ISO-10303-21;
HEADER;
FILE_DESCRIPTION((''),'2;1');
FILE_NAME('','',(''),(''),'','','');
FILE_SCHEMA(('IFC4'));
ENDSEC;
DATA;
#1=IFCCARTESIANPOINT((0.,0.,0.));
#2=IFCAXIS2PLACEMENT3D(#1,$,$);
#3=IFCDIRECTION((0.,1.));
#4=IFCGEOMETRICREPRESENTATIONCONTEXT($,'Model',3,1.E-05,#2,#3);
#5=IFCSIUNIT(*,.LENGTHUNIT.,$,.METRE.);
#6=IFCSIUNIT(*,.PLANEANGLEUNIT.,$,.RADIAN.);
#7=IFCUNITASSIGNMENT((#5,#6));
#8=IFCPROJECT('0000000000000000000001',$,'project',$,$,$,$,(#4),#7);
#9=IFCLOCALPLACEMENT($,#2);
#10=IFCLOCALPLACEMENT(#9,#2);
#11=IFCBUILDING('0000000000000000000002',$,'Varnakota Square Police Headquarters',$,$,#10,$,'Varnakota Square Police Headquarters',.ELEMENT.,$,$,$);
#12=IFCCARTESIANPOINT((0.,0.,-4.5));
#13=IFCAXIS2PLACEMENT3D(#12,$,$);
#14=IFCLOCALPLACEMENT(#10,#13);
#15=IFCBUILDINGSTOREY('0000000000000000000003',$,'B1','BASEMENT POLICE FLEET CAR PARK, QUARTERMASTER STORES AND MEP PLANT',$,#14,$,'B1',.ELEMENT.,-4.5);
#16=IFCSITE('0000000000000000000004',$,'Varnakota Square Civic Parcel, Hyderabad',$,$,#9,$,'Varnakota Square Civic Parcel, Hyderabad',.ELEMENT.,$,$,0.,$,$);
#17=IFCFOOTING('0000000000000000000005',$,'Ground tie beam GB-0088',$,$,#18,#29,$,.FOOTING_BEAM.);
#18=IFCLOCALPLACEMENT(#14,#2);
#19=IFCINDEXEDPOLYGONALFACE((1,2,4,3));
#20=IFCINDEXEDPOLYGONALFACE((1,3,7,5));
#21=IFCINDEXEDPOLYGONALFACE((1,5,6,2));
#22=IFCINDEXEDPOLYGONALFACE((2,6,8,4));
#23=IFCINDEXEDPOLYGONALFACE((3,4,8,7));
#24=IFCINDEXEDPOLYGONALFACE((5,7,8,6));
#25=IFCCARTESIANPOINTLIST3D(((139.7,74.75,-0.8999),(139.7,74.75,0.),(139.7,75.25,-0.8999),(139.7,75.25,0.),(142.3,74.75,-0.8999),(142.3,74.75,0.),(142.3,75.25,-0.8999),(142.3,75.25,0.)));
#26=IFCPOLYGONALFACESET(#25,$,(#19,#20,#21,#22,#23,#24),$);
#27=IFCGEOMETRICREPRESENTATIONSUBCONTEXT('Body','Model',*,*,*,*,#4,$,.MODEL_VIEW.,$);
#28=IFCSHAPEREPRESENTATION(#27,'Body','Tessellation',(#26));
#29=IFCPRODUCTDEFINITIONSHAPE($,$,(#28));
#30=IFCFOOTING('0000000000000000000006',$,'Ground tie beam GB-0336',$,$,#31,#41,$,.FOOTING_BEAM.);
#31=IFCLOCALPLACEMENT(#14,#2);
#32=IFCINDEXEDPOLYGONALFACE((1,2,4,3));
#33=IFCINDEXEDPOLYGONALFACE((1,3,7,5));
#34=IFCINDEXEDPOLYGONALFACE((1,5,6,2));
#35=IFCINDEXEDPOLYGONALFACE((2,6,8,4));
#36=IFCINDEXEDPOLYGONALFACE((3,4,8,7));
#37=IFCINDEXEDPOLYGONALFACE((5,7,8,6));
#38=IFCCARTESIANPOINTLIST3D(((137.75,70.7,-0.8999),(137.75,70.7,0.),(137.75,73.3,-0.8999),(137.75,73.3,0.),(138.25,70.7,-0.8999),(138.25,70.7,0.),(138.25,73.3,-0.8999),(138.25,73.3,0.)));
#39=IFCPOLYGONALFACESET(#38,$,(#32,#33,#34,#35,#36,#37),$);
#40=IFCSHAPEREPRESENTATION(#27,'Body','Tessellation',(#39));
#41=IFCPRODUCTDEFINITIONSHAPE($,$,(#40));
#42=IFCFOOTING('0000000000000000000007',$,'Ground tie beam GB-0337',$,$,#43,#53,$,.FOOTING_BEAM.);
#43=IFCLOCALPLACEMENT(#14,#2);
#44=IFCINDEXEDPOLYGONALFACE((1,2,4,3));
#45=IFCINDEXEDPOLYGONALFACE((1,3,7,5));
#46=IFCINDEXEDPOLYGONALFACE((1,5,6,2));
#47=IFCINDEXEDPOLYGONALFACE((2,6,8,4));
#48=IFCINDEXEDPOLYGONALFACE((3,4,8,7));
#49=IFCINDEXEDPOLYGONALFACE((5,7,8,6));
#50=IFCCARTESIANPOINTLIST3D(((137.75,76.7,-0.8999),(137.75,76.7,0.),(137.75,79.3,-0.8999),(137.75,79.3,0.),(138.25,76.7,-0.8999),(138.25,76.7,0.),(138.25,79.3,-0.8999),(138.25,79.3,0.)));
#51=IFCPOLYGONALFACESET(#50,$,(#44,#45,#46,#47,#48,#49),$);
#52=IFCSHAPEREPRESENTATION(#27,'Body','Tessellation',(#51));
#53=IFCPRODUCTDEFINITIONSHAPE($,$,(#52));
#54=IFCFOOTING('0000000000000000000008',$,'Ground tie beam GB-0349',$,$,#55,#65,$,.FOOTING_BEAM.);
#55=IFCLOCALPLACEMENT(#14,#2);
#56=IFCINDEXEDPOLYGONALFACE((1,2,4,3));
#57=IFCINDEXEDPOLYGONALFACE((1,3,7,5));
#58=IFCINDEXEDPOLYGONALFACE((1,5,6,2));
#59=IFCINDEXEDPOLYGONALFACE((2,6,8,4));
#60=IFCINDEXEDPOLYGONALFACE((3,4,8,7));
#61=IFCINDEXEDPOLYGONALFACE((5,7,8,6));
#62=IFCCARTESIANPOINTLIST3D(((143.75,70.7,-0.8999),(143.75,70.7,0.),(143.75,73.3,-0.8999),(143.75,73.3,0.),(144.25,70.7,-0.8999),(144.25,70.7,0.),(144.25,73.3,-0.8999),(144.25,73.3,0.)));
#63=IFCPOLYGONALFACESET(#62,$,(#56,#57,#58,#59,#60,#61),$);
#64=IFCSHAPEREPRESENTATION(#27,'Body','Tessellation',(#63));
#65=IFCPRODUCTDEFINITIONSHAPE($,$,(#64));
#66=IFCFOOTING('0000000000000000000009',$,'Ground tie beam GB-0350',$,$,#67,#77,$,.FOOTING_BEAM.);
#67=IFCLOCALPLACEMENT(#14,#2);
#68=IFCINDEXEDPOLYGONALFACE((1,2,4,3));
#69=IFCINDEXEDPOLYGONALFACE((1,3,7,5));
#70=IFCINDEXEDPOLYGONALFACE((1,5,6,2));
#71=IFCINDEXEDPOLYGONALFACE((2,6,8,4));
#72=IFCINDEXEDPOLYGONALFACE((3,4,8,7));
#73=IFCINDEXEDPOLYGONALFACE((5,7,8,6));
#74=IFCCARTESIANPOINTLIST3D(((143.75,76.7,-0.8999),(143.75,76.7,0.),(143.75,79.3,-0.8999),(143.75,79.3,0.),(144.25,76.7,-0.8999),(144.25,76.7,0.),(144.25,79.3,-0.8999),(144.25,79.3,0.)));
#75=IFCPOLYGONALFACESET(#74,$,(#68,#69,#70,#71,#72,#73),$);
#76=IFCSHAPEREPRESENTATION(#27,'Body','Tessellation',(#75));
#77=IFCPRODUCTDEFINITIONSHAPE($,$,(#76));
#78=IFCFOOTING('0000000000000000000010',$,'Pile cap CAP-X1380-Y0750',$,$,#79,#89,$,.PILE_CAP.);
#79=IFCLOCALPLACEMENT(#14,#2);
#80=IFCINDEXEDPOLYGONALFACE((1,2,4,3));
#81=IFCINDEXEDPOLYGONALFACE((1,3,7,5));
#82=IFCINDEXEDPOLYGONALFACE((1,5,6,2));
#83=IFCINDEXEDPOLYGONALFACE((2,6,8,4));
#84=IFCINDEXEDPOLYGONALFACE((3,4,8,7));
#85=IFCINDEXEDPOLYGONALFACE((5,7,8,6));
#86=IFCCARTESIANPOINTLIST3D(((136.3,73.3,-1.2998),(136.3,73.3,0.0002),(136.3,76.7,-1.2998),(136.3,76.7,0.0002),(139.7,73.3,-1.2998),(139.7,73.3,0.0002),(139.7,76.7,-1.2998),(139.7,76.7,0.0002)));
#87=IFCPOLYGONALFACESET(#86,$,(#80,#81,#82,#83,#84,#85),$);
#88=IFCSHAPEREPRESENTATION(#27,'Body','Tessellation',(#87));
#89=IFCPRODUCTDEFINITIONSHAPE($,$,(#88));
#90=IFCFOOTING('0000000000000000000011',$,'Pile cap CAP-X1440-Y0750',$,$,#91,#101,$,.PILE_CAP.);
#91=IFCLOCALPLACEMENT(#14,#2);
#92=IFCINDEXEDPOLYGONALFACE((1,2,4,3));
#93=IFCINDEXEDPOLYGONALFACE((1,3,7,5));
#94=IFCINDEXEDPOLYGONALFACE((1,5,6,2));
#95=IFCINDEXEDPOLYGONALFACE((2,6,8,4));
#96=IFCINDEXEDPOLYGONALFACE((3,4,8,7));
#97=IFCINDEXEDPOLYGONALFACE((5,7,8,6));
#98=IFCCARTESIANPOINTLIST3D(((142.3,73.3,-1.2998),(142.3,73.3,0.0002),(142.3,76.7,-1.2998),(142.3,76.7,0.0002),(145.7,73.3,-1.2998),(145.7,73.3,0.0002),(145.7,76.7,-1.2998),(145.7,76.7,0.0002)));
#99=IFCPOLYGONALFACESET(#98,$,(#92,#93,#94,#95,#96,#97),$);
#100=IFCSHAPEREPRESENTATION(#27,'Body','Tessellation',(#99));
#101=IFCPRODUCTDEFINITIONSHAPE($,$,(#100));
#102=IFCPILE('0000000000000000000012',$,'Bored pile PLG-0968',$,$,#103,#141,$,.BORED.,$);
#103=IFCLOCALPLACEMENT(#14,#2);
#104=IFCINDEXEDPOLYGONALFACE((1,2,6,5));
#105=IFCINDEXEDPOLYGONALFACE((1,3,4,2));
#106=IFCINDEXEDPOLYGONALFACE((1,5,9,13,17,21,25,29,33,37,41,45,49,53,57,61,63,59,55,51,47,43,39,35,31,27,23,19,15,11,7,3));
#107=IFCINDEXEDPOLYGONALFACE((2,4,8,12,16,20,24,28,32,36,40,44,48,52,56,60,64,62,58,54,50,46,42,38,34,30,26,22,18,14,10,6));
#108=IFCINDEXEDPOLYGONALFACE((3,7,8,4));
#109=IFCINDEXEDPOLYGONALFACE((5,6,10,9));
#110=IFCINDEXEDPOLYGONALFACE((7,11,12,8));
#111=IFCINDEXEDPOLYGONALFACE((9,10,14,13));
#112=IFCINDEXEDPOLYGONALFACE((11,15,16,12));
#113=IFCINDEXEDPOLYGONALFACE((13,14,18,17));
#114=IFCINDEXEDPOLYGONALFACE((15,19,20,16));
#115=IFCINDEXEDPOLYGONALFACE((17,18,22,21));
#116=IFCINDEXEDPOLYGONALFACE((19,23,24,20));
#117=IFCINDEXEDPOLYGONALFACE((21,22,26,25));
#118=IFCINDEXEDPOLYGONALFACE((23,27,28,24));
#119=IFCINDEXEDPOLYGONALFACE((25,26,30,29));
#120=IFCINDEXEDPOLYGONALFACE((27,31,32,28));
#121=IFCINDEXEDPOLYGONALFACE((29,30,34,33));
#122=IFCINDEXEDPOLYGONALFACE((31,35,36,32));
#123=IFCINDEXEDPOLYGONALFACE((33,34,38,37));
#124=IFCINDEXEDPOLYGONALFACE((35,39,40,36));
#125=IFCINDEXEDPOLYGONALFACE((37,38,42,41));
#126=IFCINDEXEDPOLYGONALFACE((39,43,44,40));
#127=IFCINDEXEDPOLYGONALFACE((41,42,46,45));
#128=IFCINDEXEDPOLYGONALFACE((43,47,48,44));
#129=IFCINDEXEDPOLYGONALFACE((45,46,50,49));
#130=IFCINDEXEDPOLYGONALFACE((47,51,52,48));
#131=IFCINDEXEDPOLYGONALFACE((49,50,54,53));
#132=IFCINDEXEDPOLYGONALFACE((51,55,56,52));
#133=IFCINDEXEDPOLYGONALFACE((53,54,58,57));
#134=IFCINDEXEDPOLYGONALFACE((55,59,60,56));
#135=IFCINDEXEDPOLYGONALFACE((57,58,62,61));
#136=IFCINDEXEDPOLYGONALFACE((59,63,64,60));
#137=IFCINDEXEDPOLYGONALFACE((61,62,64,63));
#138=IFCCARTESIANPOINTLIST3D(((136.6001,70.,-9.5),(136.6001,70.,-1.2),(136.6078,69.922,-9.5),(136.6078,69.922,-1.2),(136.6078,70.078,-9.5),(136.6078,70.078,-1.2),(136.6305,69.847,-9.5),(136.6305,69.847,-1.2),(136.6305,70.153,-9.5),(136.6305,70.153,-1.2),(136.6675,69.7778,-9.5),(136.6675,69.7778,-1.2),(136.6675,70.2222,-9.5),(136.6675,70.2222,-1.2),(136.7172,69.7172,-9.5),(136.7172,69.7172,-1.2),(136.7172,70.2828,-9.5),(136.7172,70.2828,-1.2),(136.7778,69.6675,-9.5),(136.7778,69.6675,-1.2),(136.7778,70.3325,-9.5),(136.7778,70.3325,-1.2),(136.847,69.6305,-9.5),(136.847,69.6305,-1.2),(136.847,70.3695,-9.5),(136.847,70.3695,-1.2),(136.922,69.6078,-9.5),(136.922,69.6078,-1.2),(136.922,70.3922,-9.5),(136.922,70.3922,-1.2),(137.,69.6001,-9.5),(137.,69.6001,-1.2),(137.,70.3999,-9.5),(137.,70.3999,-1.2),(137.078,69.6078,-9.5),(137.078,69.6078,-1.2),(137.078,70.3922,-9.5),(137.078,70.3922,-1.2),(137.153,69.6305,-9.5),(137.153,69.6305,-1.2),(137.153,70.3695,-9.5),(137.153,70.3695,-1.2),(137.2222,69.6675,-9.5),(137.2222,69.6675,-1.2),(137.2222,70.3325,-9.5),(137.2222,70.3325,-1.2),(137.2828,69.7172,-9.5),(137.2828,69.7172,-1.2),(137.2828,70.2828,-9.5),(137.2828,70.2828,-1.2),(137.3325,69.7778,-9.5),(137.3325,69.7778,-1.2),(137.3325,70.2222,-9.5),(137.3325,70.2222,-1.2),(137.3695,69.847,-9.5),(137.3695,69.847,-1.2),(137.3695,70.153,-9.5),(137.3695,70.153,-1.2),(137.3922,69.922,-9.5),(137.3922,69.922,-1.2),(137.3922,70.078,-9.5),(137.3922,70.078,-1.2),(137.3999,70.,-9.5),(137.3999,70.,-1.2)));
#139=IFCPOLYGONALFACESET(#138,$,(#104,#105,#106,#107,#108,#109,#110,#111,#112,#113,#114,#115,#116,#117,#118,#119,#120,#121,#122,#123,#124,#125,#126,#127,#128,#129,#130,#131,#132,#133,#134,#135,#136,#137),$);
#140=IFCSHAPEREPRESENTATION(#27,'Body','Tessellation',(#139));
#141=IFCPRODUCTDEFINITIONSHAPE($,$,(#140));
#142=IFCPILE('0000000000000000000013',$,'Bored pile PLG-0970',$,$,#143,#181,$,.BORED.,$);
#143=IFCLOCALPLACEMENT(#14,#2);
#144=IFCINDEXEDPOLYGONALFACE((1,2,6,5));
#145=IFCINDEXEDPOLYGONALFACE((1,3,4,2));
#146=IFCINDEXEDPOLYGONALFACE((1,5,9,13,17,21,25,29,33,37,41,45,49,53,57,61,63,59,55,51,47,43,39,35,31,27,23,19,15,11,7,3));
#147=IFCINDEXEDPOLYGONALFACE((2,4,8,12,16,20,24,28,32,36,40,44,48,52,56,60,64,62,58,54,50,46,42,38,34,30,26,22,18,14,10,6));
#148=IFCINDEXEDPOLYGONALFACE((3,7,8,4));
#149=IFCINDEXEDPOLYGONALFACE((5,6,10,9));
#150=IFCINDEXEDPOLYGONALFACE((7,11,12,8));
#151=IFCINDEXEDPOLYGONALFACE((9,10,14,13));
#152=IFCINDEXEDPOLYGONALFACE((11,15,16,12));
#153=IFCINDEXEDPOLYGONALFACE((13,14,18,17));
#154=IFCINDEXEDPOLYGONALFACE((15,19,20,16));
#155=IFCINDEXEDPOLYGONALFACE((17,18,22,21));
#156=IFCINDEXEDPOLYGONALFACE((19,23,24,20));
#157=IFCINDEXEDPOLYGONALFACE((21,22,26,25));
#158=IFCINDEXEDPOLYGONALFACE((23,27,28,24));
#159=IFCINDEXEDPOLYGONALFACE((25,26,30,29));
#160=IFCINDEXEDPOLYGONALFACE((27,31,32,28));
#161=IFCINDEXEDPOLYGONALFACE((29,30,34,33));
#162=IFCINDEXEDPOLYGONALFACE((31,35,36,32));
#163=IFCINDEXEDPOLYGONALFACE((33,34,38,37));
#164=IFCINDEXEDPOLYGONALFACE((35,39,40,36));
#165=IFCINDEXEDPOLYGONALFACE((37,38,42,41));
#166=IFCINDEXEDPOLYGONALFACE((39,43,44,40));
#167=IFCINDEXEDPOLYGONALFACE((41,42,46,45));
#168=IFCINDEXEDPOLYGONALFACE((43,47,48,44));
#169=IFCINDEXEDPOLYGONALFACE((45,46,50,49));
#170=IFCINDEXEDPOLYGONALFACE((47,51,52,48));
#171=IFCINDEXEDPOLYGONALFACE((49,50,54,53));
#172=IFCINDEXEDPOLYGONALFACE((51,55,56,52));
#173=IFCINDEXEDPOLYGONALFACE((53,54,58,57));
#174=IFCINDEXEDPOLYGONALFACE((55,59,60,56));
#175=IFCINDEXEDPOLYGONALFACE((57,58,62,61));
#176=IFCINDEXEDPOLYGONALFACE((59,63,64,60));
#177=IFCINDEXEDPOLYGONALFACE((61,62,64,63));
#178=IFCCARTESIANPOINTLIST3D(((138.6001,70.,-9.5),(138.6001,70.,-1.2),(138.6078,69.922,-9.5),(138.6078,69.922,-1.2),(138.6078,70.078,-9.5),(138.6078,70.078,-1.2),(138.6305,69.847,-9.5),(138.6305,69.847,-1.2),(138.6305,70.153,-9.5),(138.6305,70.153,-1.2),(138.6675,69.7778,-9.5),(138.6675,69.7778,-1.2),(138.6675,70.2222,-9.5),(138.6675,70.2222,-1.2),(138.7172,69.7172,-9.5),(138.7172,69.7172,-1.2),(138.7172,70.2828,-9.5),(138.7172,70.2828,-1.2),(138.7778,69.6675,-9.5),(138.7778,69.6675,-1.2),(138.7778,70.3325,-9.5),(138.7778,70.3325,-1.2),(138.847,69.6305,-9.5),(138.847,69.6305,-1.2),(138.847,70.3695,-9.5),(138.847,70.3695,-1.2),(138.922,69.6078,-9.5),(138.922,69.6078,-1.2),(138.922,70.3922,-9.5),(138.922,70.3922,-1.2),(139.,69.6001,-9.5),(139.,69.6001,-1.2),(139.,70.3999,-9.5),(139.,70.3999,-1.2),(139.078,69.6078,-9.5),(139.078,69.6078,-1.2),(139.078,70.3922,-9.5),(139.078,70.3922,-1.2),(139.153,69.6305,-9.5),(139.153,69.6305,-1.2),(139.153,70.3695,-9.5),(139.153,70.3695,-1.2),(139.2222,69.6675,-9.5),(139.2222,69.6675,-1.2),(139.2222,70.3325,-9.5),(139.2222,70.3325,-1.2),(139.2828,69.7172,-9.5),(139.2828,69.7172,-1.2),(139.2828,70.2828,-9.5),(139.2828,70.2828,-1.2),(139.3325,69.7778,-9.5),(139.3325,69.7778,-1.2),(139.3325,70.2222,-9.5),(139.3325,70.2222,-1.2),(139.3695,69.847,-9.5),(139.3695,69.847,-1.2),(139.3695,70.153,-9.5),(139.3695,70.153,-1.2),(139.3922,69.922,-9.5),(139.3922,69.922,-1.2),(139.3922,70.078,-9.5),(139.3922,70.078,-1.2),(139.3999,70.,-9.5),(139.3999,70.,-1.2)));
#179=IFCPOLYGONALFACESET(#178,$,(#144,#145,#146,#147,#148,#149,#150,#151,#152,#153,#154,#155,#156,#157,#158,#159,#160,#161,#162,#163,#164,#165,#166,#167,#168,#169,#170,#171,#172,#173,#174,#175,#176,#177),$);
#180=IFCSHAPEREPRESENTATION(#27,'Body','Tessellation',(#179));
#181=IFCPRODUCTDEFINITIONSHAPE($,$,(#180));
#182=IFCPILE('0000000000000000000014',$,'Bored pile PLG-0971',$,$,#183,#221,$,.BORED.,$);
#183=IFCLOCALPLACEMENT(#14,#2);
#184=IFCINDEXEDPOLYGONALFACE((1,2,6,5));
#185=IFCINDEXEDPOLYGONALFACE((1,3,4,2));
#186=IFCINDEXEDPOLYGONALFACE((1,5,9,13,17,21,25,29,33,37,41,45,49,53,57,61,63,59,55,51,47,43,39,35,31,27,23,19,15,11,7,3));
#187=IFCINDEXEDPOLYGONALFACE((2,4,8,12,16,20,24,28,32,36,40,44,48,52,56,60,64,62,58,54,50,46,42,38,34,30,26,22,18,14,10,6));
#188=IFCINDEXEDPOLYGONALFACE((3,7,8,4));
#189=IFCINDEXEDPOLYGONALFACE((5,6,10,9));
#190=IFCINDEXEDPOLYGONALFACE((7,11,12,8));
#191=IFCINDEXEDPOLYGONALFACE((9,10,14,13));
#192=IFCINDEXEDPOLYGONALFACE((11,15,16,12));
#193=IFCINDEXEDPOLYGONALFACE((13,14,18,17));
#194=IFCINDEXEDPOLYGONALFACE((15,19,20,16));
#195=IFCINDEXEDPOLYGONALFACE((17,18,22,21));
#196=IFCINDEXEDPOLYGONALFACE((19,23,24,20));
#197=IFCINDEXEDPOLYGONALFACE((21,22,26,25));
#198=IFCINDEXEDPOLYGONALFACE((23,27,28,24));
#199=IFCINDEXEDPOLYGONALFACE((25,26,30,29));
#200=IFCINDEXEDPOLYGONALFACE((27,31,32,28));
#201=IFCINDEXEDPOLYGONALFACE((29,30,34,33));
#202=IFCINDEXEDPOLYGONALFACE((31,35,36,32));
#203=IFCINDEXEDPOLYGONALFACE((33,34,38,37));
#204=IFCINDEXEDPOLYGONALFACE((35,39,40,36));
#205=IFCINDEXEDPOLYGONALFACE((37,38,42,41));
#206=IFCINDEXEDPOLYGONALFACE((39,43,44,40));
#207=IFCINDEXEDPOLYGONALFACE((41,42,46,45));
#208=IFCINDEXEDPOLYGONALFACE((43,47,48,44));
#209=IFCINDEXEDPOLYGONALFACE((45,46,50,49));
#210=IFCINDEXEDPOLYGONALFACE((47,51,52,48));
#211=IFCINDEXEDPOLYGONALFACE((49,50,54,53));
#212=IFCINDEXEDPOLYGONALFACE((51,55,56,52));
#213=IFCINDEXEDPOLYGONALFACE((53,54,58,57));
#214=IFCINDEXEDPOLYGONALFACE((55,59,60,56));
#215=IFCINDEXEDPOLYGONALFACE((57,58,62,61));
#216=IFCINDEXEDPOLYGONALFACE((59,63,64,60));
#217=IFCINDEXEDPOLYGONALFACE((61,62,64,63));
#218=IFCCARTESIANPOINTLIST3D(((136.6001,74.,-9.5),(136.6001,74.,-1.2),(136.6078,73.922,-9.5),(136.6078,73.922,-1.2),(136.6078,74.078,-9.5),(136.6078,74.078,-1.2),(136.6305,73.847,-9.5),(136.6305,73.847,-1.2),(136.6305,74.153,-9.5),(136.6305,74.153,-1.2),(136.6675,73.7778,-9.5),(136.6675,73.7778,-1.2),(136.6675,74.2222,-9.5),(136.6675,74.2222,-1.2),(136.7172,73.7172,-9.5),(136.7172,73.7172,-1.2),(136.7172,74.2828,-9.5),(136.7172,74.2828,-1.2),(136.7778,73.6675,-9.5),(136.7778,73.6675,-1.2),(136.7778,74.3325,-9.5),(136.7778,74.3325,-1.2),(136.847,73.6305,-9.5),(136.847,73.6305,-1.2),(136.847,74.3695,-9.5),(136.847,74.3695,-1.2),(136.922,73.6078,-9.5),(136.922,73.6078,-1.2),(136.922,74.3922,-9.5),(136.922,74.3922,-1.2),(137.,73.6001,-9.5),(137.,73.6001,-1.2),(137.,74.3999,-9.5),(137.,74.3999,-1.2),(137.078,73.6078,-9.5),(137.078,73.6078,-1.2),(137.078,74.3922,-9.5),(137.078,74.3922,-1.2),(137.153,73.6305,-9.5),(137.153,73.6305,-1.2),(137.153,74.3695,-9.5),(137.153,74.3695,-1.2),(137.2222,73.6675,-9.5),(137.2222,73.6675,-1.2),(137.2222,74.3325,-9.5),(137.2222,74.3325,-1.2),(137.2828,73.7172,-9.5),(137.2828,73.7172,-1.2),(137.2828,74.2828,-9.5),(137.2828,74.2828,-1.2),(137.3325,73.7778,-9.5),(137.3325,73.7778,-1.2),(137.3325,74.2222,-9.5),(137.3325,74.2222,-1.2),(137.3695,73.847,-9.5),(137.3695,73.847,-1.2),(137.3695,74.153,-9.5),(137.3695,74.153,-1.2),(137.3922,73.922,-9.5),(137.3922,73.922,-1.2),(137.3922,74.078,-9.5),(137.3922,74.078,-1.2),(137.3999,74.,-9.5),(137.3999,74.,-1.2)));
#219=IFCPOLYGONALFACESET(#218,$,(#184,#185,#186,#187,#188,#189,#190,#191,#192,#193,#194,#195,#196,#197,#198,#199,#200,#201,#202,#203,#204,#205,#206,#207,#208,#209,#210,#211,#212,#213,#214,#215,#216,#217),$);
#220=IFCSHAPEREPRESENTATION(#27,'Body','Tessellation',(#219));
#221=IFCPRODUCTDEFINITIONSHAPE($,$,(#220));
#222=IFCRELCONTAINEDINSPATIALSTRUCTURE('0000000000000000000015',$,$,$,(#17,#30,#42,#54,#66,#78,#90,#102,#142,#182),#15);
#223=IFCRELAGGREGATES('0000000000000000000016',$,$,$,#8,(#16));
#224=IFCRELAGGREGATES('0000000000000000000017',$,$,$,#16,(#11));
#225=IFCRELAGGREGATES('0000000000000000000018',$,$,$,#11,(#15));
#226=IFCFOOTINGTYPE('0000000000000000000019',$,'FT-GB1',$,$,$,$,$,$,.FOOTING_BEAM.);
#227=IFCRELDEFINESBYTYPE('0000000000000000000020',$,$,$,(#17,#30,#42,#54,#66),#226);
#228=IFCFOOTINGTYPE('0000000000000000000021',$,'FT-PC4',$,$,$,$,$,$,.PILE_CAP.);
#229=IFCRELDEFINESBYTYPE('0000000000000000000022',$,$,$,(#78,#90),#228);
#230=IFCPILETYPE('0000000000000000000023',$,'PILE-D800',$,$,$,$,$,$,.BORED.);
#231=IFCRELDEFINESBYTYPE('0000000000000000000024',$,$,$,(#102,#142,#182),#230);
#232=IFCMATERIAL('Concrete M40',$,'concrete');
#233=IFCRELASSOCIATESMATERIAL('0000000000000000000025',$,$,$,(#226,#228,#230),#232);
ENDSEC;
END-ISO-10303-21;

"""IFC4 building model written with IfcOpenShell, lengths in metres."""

from ifc_helpers import new_model, si_unit, direction, frame, origin, origin_2d, place, context, subcontext, project, spatial, rectangle, circle, extrude, material, material_profile, profile_set, type_object, element, save


model = new_model("IFC4")

# Units and contexts
model_context = context("Model", 3, precision=1e-05, world=origin(), true_north=direction((0.0, 1.0)))
body_context = subcontext(model_context, "Body", "Model", "MODEL_VIEW")
ifc_project = project(units=[si_unit("LENGTHUNIT", "METRE"), si_unit("PLANEANGLEUNIT", "RADIAN")], contexts=[model_context])

# Site, building, storey
site_placement = place(None, origin())
site = spatial("IfcSite", under=ifc_project, at=site_placement, Name="Varnakota Square Civic Parcel, Hyderabad", LongName="Varnakota Square Civic Parcel, Hyderabad", CompositionType="ELEMENT", RefElevation=0.0)
building_placement = place(site_placement, origin())
building = spatial("IfcBuilding", under=site, at=building_placement, Name="Varnakota Square Police Headquarters", LongName="Varnakota Square Police Headquarters", CompositionType="ELEMENT")
storey_placement = place(building_placement, frame((0.0, 0.0, -4.5)))
storey = spatial("IfcBuildingStorey", under=building, at=storey_placement, Name="B1", Description="BASEMENT POLICE FLEET CAR PARK, QUARTERMASTER STORES AND MEP PLANT", LongName="B1", CompositionType="ELEMENT", Elevation=-4.5)

# Footings
ifc_material_1 = material(Name="Concrete M40", Category="concrete")
ifc_material_profile_1 = material_profile(ifc_material_1, rectangle(XDim=0.5, YDim=0.8999, at=origin_2d()), Name="GB 500x900")
ifc_profile_set_1 = profile_set([ifc_material_profile_1], Name="Concrete M40")
footing_type_1 = type_object("IfcFootingType", Name="FT-GB1", PredefinedType="FOOTING_BEAM", material=ifc_profile_set_1)
for number, where, z_axis, x_axis, name in (
    (1, (139.7, 75.0, -0.45), (1.0, 0.0, 0.0), (0.0, 1.0, 0.0), "Ground tie beam GB-0088"),
    (2, (138.0, 70.7, -0.45), (0.0, 1.0, 0.0), (-1.0, 0.0, 0.0), "Ground tie beam GB-0336"),
    (3, (138.0, 76.7, -0.45), (0.0, 1.0, 0.0), (-1.0, 0.0, 0.0), "Ground tie beam GB-0337"),
    (4, (144.0, 70.7, -0.45), (0.0, 1.0, 0.0), (-1.0, 0.0, 0.0), "Ground tie beam GB-0349"),
    (5, (144.0, 76.7, -0.45), (0.0, 1.0, 0.0), (-1.0, 0.0, 0.0), "Ground tie beam GB-0350"),
):
    element("IfcFooting", number, at=place(storey_placement, frame(where, z_axis=z_axis, x_axis=x_axis)), inside=storey, type_object=footing_type_1, Name=name, PredefinedType="FOOTING_BEAM", context=body_context, shape_type="SweptSolid", body=[
        extrude(rectangle(XDim=0.5, YDim=0.8999, at=origin_2d()), origin(), (0.0, 0.0, 1.0), 2.6001),
    ])
footing_type_2 = type_object("IfcFootingType", Name="FT-PC4", PredefinedType="PILE_CAP", material=ifc_material_1)
for number, where, z_axis, x_axis, name in (
    (6, (138.0, 75.0, -1.2998), (0.0, 0.0, 1.0), (1.0, 0.0, 0.0), "Pile cap CAP-X1380-Y0750"),
    (7, (144.0, 75.0, -1.2998), (0.0, 0.0, 1.0), (1.0, 0.0, 0.0), "Pile cap CAP-X1440-Y0750"),
):
    element("IfcFooting", number, at=place(storey_placement, frame(where, z_axis=z_axis, x_axis=x_axis)), inside=storey, type_object=footing_type_2, Name=name, PredefinedType="PILE_CAP", context=body_context, shape_type="SweptSolid", body=[
        extrude(rectangle(XDim=3.3999, YDim=3.3999, at=origin_2d()), origin(), (0.0, 0.0, 1.0), 1.3),
    ])

# Piles
ifc_material_profile_2 = material_profile(ifc_material_1, circle(Radius=0.3999, at=origin_2d()), Name="BORED PILE 800")
ifc_profile_set_2 = profile_set([ifc_material_profile_2], Name="Concrete M40")
pile_type = type_object("IfcPileType", Name="PILE-D800", PredefinedType="BORED", material=ifc_profile_set_2)
for number, where, z_axis, x_axis, name in (
    (8, (137.0, 70.0, -1.2), (0.0, 0.0, -1.0), (1.0, 0.0, 0.0), "Bored pile PLG-0968"),
    (9, (139.0, 70.0, -1.2), (0.0, 0.0, -1.0), (1.0, 0.0, 0.0), "Bored pile PLG-0970"),
    (10, (137.0, 74.0, -1.2), (0.0, 0.0, -1.0), (1.0, 0.0, 0.0), "Bored pile PLG-0971"),
):
    element("IfcPile", number, at=place(storey_placement, frame(where, z_axis=z_axis, x_axis=x_axis)), inside=storey, type_object=pile_type, Name=name, PredefinedType="BORED", context=body_context, shape_type="SweptSolid", body=[
        extrude(circle(Radius=0.3999, at=origin_2d()), origin(), (0.0, 0.0, 1.0), 8.3),
    ])

save(model, "model.ifc")
